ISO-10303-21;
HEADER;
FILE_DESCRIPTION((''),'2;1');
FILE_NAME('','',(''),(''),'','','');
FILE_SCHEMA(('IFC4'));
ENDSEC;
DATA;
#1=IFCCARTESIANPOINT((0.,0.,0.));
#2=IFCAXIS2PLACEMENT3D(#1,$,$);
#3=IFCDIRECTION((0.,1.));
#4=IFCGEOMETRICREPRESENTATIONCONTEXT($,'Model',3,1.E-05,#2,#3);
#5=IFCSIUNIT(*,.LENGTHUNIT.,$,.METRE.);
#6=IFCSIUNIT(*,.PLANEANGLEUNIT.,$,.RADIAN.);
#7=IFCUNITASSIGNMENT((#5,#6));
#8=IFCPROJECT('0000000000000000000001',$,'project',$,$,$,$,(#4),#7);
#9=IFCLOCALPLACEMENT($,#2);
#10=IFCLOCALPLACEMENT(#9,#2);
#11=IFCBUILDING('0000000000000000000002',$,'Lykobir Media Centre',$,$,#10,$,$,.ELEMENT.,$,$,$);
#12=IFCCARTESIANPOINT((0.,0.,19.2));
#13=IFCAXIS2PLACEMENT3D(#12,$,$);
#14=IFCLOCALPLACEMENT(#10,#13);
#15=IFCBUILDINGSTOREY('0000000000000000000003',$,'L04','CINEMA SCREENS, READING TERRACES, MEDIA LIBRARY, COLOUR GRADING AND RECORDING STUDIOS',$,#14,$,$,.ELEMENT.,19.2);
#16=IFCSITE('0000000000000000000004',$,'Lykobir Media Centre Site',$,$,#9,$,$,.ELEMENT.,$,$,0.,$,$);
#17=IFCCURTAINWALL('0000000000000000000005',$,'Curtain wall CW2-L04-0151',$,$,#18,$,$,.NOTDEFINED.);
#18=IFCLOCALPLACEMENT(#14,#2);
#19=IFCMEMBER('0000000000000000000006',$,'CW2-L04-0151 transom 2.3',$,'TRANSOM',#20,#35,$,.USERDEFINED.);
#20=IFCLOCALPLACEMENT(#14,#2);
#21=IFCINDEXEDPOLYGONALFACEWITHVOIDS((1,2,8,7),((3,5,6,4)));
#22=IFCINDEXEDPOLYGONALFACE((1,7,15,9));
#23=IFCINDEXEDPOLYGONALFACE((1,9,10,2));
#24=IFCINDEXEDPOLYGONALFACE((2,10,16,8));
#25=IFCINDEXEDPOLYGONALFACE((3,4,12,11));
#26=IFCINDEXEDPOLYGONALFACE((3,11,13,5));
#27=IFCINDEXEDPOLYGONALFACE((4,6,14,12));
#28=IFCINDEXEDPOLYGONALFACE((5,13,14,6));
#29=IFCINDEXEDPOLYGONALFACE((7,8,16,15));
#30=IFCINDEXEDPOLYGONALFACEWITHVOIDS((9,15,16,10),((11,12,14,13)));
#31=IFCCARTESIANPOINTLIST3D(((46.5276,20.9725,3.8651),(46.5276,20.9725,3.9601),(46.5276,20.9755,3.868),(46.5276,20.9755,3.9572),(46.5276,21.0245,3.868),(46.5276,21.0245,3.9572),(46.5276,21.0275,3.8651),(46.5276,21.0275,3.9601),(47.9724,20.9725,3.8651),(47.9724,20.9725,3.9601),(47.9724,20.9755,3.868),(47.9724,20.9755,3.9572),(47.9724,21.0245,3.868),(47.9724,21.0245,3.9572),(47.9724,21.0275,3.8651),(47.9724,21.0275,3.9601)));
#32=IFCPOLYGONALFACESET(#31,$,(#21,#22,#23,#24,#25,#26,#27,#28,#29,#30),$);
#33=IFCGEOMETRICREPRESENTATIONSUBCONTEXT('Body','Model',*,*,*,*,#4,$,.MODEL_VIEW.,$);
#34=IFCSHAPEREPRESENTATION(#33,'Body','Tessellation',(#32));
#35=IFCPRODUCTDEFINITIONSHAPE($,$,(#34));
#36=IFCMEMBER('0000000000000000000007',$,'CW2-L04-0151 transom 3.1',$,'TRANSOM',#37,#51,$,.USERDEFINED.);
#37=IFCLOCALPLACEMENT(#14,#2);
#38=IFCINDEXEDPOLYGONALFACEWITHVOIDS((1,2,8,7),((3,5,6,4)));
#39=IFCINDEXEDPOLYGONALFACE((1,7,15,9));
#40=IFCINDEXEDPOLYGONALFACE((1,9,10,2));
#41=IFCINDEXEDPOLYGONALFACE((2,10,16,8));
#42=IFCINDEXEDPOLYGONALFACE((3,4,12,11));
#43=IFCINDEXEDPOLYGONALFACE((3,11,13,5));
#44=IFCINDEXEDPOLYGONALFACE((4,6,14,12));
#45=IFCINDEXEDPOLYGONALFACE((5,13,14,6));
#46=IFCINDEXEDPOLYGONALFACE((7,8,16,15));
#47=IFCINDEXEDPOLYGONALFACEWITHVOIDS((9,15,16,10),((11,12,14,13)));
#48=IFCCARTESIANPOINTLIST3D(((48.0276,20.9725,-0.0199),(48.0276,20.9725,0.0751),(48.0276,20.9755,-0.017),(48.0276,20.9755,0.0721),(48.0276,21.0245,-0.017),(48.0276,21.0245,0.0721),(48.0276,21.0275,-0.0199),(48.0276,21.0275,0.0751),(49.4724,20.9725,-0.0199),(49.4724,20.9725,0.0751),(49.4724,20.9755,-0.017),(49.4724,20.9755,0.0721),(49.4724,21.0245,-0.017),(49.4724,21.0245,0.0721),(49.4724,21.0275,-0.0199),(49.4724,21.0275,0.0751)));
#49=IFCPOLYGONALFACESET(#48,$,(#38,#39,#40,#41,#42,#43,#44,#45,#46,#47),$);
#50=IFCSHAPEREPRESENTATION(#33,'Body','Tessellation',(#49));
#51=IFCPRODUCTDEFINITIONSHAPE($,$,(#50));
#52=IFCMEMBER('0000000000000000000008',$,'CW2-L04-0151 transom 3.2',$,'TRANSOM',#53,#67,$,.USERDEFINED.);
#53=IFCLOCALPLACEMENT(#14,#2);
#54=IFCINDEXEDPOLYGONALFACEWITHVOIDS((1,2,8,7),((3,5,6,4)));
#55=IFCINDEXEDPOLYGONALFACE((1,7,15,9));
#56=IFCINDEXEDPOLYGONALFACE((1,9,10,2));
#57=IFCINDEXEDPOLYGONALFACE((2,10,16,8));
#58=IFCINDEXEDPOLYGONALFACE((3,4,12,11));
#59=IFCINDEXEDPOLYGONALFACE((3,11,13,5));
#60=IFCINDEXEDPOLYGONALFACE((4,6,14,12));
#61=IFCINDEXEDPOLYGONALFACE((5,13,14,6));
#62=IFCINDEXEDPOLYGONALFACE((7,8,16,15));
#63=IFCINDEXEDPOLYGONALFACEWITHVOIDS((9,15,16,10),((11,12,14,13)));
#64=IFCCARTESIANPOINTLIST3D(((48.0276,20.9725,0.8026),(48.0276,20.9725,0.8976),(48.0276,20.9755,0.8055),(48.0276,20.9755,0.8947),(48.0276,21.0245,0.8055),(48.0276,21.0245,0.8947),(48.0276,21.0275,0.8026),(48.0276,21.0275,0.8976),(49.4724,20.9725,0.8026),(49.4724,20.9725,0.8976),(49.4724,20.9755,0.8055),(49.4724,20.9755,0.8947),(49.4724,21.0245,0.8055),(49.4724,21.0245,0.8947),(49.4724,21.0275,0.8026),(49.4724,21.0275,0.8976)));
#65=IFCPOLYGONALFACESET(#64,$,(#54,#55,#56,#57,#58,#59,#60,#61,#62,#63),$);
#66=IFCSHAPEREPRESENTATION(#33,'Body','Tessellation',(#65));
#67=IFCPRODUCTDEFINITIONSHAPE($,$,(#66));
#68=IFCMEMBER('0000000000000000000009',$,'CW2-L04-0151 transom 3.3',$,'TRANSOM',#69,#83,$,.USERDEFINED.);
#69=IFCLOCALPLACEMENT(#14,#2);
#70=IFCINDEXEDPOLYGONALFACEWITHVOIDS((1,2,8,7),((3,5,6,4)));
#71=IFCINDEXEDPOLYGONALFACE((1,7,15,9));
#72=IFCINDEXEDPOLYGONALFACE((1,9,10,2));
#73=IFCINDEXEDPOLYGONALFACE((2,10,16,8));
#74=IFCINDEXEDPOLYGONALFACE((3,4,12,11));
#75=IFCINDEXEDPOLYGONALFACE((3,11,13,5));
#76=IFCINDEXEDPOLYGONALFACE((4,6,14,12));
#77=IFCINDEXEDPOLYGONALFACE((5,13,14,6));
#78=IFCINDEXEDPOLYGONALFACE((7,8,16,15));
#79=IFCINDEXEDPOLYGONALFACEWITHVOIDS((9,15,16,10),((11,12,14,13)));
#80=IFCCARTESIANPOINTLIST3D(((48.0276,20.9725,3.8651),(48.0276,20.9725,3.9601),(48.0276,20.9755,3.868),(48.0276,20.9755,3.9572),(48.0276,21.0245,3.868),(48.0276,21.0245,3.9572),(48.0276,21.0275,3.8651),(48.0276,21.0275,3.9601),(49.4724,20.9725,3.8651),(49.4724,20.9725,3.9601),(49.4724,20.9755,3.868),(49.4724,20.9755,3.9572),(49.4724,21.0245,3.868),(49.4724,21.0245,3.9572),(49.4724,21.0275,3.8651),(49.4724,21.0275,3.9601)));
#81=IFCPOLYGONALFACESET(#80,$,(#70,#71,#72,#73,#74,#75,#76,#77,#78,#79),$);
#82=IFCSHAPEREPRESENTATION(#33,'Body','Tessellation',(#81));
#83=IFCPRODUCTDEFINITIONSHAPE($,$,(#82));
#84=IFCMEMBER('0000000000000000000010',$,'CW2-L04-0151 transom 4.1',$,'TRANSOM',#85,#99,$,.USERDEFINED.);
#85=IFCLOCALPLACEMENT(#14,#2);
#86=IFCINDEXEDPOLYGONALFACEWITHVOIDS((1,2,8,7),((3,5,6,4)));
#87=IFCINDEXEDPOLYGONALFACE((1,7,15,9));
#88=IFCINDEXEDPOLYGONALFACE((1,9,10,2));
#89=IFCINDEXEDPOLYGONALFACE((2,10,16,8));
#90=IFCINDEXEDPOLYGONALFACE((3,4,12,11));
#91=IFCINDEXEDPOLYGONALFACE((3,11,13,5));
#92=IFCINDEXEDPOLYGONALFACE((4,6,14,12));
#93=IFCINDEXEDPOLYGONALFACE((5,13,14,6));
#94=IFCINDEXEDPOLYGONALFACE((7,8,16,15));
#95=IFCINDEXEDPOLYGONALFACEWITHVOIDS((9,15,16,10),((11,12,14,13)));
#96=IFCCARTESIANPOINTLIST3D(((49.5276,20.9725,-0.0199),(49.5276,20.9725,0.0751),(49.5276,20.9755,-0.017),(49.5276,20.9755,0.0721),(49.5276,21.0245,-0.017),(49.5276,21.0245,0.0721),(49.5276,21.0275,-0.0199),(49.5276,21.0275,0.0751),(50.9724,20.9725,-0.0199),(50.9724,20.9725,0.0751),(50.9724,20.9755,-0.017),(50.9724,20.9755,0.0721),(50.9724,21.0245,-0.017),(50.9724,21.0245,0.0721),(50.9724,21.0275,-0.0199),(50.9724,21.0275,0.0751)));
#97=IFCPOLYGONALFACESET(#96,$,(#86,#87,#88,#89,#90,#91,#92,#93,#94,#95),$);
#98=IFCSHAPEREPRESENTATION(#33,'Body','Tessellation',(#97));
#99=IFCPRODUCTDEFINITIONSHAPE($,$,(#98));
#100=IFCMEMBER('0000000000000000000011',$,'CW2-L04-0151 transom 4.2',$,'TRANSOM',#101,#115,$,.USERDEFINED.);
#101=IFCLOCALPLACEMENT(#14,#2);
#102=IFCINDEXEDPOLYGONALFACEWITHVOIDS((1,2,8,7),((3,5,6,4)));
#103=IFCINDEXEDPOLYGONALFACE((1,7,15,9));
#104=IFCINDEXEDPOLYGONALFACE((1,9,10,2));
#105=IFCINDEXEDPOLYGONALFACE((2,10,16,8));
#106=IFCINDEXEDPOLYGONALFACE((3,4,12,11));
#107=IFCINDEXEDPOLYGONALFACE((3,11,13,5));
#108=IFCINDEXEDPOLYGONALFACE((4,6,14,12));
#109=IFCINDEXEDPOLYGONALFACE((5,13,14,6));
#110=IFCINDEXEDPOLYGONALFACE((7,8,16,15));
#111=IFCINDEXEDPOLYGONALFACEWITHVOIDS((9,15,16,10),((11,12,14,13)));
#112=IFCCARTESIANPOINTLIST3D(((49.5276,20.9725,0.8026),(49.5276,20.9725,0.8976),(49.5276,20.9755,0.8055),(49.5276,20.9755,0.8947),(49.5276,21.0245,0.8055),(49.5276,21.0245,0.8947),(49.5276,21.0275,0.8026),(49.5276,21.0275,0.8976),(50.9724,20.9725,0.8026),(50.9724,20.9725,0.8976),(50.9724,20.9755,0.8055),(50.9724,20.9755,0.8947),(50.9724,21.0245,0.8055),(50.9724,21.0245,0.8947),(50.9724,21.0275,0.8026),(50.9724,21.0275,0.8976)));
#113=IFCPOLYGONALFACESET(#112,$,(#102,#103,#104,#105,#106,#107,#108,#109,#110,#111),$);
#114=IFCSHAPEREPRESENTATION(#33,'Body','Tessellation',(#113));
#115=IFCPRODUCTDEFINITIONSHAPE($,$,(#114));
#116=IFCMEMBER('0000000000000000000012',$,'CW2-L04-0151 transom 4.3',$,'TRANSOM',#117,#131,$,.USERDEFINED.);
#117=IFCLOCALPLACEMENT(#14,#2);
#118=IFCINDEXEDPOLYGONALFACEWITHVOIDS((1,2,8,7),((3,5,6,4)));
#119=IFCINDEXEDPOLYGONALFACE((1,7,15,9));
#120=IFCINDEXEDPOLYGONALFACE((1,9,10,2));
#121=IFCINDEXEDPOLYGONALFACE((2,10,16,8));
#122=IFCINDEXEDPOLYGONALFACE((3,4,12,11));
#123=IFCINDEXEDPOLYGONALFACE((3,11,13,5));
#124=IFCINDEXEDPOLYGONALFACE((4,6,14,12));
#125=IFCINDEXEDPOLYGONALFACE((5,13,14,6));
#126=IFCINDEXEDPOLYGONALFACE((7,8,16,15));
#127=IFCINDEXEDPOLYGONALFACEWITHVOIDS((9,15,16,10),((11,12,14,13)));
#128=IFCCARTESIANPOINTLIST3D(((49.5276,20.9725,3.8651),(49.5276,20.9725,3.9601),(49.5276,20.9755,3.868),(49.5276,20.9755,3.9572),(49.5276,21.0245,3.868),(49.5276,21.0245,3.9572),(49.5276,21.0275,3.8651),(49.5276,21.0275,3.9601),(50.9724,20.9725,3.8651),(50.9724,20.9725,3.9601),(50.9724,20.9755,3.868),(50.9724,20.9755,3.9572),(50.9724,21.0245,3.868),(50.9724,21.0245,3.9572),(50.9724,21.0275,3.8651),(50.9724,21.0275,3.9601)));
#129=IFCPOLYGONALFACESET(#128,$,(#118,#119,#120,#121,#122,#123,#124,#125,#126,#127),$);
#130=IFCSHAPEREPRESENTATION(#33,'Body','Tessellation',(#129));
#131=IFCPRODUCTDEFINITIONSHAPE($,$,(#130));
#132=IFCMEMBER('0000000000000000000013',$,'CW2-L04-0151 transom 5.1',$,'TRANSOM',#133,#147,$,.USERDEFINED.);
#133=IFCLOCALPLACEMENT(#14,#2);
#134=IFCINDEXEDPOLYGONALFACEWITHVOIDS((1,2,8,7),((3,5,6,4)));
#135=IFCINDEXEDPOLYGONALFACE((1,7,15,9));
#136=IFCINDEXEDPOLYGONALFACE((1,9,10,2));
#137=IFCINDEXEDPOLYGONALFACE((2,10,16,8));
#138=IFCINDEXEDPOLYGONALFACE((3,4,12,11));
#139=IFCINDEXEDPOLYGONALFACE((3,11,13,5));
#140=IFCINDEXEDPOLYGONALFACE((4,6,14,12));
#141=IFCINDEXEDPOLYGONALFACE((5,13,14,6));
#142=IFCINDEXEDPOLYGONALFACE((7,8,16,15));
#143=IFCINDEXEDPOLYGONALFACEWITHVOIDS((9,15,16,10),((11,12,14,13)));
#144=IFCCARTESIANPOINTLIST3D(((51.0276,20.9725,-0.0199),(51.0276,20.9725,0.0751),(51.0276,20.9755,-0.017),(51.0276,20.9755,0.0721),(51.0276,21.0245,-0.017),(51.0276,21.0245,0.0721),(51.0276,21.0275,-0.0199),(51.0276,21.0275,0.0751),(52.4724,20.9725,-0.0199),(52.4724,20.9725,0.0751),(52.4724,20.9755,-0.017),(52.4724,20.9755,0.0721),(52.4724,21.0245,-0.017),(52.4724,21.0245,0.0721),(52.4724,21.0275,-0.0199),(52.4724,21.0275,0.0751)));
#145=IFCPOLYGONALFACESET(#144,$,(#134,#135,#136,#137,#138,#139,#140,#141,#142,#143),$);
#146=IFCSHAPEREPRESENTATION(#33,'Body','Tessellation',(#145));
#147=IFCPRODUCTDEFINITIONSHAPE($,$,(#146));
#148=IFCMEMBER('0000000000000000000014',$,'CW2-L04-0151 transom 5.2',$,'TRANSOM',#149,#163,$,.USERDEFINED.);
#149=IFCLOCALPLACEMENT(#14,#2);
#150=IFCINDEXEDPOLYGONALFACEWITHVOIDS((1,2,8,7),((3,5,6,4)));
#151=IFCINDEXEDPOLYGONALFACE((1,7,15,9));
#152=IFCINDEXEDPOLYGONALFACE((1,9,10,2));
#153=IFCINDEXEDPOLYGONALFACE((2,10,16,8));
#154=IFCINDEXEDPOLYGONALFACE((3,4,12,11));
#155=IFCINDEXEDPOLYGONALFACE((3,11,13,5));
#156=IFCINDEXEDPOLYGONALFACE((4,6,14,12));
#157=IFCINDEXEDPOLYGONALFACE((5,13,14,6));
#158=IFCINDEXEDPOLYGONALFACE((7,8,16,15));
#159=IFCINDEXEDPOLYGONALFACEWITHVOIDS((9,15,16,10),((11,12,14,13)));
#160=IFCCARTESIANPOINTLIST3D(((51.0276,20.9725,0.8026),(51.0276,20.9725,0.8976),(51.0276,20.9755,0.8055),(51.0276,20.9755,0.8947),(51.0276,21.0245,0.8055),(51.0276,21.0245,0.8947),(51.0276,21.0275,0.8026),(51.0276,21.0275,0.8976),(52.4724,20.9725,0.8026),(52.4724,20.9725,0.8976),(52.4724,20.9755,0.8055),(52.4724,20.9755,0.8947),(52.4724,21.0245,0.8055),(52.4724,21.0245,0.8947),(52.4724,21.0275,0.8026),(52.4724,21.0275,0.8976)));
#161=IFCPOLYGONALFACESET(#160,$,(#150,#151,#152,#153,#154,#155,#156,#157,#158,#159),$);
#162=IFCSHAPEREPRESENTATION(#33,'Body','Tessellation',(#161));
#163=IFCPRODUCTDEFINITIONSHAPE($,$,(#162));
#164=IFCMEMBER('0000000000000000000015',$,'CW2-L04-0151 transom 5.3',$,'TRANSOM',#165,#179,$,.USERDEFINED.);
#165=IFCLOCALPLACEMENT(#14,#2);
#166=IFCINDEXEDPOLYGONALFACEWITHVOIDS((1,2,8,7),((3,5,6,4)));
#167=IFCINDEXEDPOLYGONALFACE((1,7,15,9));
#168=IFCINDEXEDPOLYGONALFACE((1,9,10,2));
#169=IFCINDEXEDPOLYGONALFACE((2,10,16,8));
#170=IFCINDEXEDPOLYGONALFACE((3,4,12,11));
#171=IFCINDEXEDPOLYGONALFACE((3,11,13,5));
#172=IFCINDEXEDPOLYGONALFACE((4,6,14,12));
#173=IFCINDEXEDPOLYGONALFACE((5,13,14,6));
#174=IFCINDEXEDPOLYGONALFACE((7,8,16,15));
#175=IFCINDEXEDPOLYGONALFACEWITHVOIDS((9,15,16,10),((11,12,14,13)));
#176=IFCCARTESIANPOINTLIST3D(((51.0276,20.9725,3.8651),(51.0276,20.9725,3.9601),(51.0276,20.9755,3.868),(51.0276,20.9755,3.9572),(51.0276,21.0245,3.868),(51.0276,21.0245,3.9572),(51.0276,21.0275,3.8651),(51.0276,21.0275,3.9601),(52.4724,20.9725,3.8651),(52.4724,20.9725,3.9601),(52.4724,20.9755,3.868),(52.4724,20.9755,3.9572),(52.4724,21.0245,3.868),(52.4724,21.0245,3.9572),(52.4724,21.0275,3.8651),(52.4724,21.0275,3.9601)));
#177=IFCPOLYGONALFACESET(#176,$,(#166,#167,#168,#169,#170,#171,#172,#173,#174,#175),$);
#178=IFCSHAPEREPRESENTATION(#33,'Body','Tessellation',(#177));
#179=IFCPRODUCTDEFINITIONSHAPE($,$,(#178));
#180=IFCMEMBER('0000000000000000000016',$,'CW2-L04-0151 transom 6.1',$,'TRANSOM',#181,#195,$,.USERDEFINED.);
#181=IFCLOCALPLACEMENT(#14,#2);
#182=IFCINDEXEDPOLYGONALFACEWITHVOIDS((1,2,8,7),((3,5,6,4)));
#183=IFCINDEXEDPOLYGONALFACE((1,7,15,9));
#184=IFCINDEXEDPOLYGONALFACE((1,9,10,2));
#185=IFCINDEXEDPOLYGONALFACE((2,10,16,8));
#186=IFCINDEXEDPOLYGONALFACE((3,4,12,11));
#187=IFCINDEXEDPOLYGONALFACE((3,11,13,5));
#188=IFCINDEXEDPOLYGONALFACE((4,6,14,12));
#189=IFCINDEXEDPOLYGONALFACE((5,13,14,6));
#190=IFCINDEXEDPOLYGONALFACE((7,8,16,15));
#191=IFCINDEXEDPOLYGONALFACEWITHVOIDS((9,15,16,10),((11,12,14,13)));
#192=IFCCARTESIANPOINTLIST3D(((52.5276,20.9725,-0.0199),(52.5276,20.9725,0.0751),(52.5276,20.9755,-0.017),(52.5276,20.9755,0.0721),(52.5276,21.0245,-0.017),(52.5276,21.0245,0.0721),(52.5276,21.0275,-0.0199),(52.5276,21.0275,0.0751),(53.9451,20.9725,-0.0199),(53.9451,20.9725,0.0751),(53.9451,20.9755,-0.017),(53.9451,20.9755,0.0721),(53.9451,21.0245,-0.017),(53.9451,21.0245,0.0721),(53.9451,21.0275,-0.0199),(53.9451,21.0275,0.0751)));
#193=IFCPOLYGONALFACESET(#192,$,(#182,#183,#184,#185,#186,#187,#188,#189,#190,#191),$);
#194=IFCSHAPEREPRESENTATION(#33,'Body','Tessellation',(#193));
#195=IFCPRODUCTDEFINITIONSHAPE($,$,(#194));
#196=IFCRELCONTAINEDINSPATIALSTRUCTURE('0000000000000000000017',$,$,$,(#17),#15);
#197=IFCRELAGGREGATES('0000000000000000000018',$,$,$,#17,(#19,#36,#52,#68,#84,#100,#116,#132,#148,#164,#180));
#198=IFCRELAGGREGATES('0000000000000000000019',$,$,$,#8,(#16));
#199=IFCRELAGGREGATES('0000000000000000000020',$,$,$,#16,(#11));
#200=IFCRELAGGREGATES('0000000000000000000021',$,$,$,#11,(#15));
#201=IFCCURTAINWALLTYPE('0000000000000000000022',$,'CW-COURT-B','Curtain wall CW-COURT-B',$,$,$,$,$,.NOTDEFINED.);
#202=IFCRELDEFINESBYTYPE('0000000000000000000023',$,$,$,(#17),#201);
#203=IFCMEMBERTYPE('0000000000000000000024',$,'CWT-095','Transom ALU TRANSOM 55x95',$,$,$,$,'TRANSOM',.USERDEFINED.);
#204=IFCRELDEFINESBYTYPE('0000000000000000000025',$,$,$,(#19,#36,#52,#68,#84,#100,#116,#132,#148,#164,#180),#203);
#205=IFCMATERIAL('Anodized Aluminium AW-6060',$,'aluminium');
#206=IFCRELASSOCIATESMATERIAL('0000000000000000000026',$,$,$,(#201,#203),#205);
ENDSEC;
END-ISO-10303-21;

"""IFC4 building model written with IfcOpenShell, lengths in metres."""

from ifc_helpers import new_model, si_unit, direction, frame, origin, origin_2d, place, context, subcontext, project, spatial, hollow_rectangle, extrude, material, material_profile, profile_set, type_object, element, aggregate, save


model = new_model("IFC4")

# Units and contexts
model_context = context("Model", 3, precision=1e-05, world=origin(), true_north=direction((0.0, 1.0)))
body_context = subcontext(model_context, "Body", "Model", "MODEL_VIEW")
ifc_project = project(units=[si_unit("LENGTHUNIT", "METRE"), si_unit("PLANEANGLEUNIT", "RADIAN")], contexts=[model_context])

# Site, building, storey
site_placement = place(None, origin())
site = spatial("IfcSite", under=ifc_project, at=site_placement, Name="Lykobir Media Centre Site", CompositionType="ELEMENT", RefElevation=0.0)
building_placement = place(site_placement, origin())
building = spatial("IfcBuilding", under=site, at=building_placement, Name="Lykobir Media Centre", CompositionType="ELEMENT")
storey_placement = place(building_placement, frame((0.0, 0.0, 19.2)))
storey = spatial("IfcBuildingStorey", under=building, at=storey_placement, Name="L04", Description="CINEMA SCREENS, READING TERRACES, MEDIA LIBRARY, COLOUR GRADING AND RECORDING STUDIOS", CompositionType="ELEMENT", Elevation=19.2)

# Curtain wall
ifc_material_1 = material(Name="Anodized Aluminium AW-6060", Category="aluminium")
curtain_wall_type = type_object("IfcCurtainWallType", Name="CW-COURT-B", Description="Curtain wall CW-COURT-B", PredefinedType="NOTDEFINED", material=ifc_material_1)
curtain_wall_1_placement = place(storey_placement, origin())
curtain_wall_1 = element("IfcCurtainWall", 1, at=curtain_wall_1_placement, inside=storey, type_object=curtain_wall_type, Name="Curtain wall CW2-L04-0151", PredefinedType="NOTDEFINED")

# Members
ifc_material_profile_1 = material_profile(ifc_material_1, hollow_rectangle(XDim=0.0549, YDim=0.095, WallThickness=0.0029, at=origin_2d()), Name="ALU TRANSOM 55x95")
ifc_profile_set_1 = profile_set([ifc_material_profile_1], Name="Anodized Aluminium AW-6060")
member_type_1 = type_object("IfcMemberType", Name="CWT-095", Description="Transom ALU TRANSOM 55x95", ElementType="TRANSOM", PredefinedType="USERDEFINED", material=ifc_profile_set_1)
member_1_placement = place(storey_placement, frame((46.5276, 21.0, 3.9126), z_axis=(1.0, 0.0, 0.0), x_axis=(0.0, 1.0, 0.0)))
member_1 = element("IfcMember", 2, at=member_1_placement, type_object=member_type_1, Name="CW2-L04-0151 transom 2.3", ObjectType="TRANSOM", PredefinedType="USERDEFINED", context=body_context, shape_type="SweptSolid", body=[
    extrude(hollow_rectangle(XDim=0.0549, YDim=0.095, WallThickness=0.0029, at=origin_2d()), origin(), (0.0, 0.0, 1.0), 1.4448),
])
member_2_placement = place(storey_placement, frame((48.0276, 21.0, 0.0276), z_axis=(1.0, 0.0, 0.0), x_axis=(0.0, 1.0, 0.0)))
member_2 = element("IfcMember", 3, at=member_2_placement, type_object=member_type_1, Name="CW2-L04-0151 transom 3.1", ObjectType="TRANSOM", PredefinedType="USERDEFINED", context=body_context, shape_type="SweptSolid", body=[
    extrude(hollow_rectangle(XDim=0.0549, YDim=0.095, WallThickness=0.0029, at=origin_2d()), origin(), (0.0, 0.0, 1.0), 1.4448),
])
member_3_placement = place(storey_placement, frame((48.0276, 21.0, 0.8501), z_axis=(1.0, 0.0, 0.0), x_axis=(0.0, 1.0, 0.0)))
member_3 = element("IfcMember", 4, at=member_3_placement, type_object=member_type_1, Name="CW2-L04-0151 transom 3.2", ObjectType="TRANSOM", PredefinedType="USERDEFINED", context=body_context, shape_type="SweptSolid", body=[
    extrude(hollow_rectangle(XDim=0.0549, YDim=0.095, WallThickness=0.0029, at=origin_2d()), origin(), (0.0, 0.0, 1.0), 1.4448),
])
member_4_placement = place(storey_placement, frame((48.0276, 21.0, 3.9126), z_axis=(1.0, 0.0, 0.0), x_axis=(0.0, 1.0, 0.0)))
member_4 = element("IfcMember", 5, at=member_4_placement, type_object=member_type_1, Name="CW2-L04-0151 transom 3.3", ObjectType="TRANSOM", PredefinedType="USERDEFINED", context=body_context, shape_type="SweptSolid", body=[
    extrude(hollow_rectangle(XDim=0.0549, YDim=0.095, WallThickness=0.0029, at=origin_2d()), origin(), (0.0, 0.0, 1.0), 1.4448),
])
member_5_placement = place(storey_placement, frame((49.5276, 21.0, 0.0276), z_axis=(1.0, 0.0, 0.0), x_axis=(0.0, 1.0, 0.0)))
member_5 = element("IfcMember", 6, at=member_5_placement, type_object=member_type_1, Name="CW2-L04-0151 transom 4.1", ObjectType="TRANSOM", PredefinedType="USERDEFINED", context=body_context, shape_type="SweptSolid", body=[
    extrude(hollow_rectangle(XDim=0.0549, YDim=0.095, WallThickness=0.0029, at=origin_2d()), origin(), (0.0, 0.0, 1.0), 1.4448),
])
member_6_placement = place(storey_placement, frame((49.5276, 21.0, 0.8501), z_axis=(1.0, 0.0, 0.0), x_axis=(0.0, 1.0, 0.0)))
member_6 = element("IfcMember", 7, at=member_6_placement, type_object=member_type_1, Name="CW2-L04-0151 transom 4.2", ObjectType="TRANSOM", PredefinedType="USERDEFINED", context=body_context, shape_type="SweptSolid", body=[
    extrude(hollow_rectangle(XDim=0.0549, YDim=0.095, WallThickness=0.0029, at=origin_2d()), origin(), (0.0, 0.0, 1.0), 1.4448),
])
member_7_placement = place(storey_placement, frame((49.5276, 21.0, 3.9126), z_axis=(1.0, 0.0, 0.0), x_axis=(0.0, 1.0, 0.0)))
member_7 = element("IfcMember", 8, at=member_7_placement, type_object=member_type_1, Name="CW2-L04-0151 transom 4.3", ObjectType="TRANSOM", PredefinedType="USERDEFINED", context=body_context, shape_type="SweptSolid", body=[
    extrude(hollow_rectangle(XDim=0.0549, YDim=0.095, WallThickness=0.0029, at=origin_2d()), origin(), (0.0, 0.0, 1.0), 1.4448),
])
member_8_placement = place(storey_placement, frame((51.0276, 21.0, 0.0276), z_axis=(1.0, 0.0, 0.0), x_axis=(0.0, 1.0, 0.0)))
member_8 = element("IfcMember", 9, at=member_8_placement, type_object=member_type_1, Name="CW2-L04-0151 transom 5.1", ObjectType="TRANSOM", PredefinedType="USERDEFINED", context=body_context, shape_type="SweptSolid", body=[
    extrude(hollow_rectangle(XDim=0.0549, YDim=0.095, WallThickness=0.0029, at=origin_2d()), origin(), (0.0, 0.0, 1.0), 1.4448),
])
member_9_placement = place(storey_placement, frame((51.0276, 21.0, 0.8501), z_axis=(1.0, 0.0, 0.0), x_axis=(0.0, 1.0, 0.0)))
member_9 = element("IfcMember", 10, at=member_9_placement, type_object=member_type_1, Name="CW2-L04-0151 transom 5.2", ObjectType="TRANSOM", PredefinedType="USERDEFINED", context=body_context, shape_type="SweptSolid", body=[
    extrude(hollow_rectangle(XDim=0.0549, YDim=0.095, WallThickness=0.0029, at=origin_2d()), origin(), (0.0, 0.0, 1.0), 1.4448),
])
member_10_placement = place(storey_placement, frame((51.0276, 21.0, 3.9126), z_axis=(1.0, 0.0, 0.0), x_axis=(0.0, 1.0, 0.0)))
member_10 = element("IfcMember", 11, at=member_10_placement, type_object=member_type_1, Name="CW2-L04-0151 transom 5.3", ObjectType="TRANSOM", PredefinedType="USERDEFINED", context=body_context, shape_type="SweptSolid", body=[
    extrude(hollow_rectangle(XDim=0.0549, YDim=0.095, WallThickness=0.0029, at=origin_2d()), origin(), (0.0, 0.0, 1.0), 1.4448),
])
member_11_placement = place(storey_placement, frame((52.5276, 21.0, 0.0276), z_axis=(1.0, 0.0, 0.0), x_axis=(0.0, 1.0, 0.0)))
member_11 = element("IfcMember", 12, at=member_11_placement, type_object=member_type_1, Name="CW2-L04-0151 transom 6.1", ObjectType="TRANSOM", PredefinedType="USERDEFINED", context=body_context, shape_type="SweptSolid", body=[
    extrude(hollow_rectangle(XDim=0.0549, YDim=0.095, WallThickness=0.0029, at=origin_2d()), origin(), (0.0, 0.0, 1.0), 1.4175),
])

aggregate(curtain_wall_1, [member_1, member_2, member_3, member_4, member_5, member_6, member_7, member_8, member_9, member_10, member_11])

save(model, "model.ifc")
